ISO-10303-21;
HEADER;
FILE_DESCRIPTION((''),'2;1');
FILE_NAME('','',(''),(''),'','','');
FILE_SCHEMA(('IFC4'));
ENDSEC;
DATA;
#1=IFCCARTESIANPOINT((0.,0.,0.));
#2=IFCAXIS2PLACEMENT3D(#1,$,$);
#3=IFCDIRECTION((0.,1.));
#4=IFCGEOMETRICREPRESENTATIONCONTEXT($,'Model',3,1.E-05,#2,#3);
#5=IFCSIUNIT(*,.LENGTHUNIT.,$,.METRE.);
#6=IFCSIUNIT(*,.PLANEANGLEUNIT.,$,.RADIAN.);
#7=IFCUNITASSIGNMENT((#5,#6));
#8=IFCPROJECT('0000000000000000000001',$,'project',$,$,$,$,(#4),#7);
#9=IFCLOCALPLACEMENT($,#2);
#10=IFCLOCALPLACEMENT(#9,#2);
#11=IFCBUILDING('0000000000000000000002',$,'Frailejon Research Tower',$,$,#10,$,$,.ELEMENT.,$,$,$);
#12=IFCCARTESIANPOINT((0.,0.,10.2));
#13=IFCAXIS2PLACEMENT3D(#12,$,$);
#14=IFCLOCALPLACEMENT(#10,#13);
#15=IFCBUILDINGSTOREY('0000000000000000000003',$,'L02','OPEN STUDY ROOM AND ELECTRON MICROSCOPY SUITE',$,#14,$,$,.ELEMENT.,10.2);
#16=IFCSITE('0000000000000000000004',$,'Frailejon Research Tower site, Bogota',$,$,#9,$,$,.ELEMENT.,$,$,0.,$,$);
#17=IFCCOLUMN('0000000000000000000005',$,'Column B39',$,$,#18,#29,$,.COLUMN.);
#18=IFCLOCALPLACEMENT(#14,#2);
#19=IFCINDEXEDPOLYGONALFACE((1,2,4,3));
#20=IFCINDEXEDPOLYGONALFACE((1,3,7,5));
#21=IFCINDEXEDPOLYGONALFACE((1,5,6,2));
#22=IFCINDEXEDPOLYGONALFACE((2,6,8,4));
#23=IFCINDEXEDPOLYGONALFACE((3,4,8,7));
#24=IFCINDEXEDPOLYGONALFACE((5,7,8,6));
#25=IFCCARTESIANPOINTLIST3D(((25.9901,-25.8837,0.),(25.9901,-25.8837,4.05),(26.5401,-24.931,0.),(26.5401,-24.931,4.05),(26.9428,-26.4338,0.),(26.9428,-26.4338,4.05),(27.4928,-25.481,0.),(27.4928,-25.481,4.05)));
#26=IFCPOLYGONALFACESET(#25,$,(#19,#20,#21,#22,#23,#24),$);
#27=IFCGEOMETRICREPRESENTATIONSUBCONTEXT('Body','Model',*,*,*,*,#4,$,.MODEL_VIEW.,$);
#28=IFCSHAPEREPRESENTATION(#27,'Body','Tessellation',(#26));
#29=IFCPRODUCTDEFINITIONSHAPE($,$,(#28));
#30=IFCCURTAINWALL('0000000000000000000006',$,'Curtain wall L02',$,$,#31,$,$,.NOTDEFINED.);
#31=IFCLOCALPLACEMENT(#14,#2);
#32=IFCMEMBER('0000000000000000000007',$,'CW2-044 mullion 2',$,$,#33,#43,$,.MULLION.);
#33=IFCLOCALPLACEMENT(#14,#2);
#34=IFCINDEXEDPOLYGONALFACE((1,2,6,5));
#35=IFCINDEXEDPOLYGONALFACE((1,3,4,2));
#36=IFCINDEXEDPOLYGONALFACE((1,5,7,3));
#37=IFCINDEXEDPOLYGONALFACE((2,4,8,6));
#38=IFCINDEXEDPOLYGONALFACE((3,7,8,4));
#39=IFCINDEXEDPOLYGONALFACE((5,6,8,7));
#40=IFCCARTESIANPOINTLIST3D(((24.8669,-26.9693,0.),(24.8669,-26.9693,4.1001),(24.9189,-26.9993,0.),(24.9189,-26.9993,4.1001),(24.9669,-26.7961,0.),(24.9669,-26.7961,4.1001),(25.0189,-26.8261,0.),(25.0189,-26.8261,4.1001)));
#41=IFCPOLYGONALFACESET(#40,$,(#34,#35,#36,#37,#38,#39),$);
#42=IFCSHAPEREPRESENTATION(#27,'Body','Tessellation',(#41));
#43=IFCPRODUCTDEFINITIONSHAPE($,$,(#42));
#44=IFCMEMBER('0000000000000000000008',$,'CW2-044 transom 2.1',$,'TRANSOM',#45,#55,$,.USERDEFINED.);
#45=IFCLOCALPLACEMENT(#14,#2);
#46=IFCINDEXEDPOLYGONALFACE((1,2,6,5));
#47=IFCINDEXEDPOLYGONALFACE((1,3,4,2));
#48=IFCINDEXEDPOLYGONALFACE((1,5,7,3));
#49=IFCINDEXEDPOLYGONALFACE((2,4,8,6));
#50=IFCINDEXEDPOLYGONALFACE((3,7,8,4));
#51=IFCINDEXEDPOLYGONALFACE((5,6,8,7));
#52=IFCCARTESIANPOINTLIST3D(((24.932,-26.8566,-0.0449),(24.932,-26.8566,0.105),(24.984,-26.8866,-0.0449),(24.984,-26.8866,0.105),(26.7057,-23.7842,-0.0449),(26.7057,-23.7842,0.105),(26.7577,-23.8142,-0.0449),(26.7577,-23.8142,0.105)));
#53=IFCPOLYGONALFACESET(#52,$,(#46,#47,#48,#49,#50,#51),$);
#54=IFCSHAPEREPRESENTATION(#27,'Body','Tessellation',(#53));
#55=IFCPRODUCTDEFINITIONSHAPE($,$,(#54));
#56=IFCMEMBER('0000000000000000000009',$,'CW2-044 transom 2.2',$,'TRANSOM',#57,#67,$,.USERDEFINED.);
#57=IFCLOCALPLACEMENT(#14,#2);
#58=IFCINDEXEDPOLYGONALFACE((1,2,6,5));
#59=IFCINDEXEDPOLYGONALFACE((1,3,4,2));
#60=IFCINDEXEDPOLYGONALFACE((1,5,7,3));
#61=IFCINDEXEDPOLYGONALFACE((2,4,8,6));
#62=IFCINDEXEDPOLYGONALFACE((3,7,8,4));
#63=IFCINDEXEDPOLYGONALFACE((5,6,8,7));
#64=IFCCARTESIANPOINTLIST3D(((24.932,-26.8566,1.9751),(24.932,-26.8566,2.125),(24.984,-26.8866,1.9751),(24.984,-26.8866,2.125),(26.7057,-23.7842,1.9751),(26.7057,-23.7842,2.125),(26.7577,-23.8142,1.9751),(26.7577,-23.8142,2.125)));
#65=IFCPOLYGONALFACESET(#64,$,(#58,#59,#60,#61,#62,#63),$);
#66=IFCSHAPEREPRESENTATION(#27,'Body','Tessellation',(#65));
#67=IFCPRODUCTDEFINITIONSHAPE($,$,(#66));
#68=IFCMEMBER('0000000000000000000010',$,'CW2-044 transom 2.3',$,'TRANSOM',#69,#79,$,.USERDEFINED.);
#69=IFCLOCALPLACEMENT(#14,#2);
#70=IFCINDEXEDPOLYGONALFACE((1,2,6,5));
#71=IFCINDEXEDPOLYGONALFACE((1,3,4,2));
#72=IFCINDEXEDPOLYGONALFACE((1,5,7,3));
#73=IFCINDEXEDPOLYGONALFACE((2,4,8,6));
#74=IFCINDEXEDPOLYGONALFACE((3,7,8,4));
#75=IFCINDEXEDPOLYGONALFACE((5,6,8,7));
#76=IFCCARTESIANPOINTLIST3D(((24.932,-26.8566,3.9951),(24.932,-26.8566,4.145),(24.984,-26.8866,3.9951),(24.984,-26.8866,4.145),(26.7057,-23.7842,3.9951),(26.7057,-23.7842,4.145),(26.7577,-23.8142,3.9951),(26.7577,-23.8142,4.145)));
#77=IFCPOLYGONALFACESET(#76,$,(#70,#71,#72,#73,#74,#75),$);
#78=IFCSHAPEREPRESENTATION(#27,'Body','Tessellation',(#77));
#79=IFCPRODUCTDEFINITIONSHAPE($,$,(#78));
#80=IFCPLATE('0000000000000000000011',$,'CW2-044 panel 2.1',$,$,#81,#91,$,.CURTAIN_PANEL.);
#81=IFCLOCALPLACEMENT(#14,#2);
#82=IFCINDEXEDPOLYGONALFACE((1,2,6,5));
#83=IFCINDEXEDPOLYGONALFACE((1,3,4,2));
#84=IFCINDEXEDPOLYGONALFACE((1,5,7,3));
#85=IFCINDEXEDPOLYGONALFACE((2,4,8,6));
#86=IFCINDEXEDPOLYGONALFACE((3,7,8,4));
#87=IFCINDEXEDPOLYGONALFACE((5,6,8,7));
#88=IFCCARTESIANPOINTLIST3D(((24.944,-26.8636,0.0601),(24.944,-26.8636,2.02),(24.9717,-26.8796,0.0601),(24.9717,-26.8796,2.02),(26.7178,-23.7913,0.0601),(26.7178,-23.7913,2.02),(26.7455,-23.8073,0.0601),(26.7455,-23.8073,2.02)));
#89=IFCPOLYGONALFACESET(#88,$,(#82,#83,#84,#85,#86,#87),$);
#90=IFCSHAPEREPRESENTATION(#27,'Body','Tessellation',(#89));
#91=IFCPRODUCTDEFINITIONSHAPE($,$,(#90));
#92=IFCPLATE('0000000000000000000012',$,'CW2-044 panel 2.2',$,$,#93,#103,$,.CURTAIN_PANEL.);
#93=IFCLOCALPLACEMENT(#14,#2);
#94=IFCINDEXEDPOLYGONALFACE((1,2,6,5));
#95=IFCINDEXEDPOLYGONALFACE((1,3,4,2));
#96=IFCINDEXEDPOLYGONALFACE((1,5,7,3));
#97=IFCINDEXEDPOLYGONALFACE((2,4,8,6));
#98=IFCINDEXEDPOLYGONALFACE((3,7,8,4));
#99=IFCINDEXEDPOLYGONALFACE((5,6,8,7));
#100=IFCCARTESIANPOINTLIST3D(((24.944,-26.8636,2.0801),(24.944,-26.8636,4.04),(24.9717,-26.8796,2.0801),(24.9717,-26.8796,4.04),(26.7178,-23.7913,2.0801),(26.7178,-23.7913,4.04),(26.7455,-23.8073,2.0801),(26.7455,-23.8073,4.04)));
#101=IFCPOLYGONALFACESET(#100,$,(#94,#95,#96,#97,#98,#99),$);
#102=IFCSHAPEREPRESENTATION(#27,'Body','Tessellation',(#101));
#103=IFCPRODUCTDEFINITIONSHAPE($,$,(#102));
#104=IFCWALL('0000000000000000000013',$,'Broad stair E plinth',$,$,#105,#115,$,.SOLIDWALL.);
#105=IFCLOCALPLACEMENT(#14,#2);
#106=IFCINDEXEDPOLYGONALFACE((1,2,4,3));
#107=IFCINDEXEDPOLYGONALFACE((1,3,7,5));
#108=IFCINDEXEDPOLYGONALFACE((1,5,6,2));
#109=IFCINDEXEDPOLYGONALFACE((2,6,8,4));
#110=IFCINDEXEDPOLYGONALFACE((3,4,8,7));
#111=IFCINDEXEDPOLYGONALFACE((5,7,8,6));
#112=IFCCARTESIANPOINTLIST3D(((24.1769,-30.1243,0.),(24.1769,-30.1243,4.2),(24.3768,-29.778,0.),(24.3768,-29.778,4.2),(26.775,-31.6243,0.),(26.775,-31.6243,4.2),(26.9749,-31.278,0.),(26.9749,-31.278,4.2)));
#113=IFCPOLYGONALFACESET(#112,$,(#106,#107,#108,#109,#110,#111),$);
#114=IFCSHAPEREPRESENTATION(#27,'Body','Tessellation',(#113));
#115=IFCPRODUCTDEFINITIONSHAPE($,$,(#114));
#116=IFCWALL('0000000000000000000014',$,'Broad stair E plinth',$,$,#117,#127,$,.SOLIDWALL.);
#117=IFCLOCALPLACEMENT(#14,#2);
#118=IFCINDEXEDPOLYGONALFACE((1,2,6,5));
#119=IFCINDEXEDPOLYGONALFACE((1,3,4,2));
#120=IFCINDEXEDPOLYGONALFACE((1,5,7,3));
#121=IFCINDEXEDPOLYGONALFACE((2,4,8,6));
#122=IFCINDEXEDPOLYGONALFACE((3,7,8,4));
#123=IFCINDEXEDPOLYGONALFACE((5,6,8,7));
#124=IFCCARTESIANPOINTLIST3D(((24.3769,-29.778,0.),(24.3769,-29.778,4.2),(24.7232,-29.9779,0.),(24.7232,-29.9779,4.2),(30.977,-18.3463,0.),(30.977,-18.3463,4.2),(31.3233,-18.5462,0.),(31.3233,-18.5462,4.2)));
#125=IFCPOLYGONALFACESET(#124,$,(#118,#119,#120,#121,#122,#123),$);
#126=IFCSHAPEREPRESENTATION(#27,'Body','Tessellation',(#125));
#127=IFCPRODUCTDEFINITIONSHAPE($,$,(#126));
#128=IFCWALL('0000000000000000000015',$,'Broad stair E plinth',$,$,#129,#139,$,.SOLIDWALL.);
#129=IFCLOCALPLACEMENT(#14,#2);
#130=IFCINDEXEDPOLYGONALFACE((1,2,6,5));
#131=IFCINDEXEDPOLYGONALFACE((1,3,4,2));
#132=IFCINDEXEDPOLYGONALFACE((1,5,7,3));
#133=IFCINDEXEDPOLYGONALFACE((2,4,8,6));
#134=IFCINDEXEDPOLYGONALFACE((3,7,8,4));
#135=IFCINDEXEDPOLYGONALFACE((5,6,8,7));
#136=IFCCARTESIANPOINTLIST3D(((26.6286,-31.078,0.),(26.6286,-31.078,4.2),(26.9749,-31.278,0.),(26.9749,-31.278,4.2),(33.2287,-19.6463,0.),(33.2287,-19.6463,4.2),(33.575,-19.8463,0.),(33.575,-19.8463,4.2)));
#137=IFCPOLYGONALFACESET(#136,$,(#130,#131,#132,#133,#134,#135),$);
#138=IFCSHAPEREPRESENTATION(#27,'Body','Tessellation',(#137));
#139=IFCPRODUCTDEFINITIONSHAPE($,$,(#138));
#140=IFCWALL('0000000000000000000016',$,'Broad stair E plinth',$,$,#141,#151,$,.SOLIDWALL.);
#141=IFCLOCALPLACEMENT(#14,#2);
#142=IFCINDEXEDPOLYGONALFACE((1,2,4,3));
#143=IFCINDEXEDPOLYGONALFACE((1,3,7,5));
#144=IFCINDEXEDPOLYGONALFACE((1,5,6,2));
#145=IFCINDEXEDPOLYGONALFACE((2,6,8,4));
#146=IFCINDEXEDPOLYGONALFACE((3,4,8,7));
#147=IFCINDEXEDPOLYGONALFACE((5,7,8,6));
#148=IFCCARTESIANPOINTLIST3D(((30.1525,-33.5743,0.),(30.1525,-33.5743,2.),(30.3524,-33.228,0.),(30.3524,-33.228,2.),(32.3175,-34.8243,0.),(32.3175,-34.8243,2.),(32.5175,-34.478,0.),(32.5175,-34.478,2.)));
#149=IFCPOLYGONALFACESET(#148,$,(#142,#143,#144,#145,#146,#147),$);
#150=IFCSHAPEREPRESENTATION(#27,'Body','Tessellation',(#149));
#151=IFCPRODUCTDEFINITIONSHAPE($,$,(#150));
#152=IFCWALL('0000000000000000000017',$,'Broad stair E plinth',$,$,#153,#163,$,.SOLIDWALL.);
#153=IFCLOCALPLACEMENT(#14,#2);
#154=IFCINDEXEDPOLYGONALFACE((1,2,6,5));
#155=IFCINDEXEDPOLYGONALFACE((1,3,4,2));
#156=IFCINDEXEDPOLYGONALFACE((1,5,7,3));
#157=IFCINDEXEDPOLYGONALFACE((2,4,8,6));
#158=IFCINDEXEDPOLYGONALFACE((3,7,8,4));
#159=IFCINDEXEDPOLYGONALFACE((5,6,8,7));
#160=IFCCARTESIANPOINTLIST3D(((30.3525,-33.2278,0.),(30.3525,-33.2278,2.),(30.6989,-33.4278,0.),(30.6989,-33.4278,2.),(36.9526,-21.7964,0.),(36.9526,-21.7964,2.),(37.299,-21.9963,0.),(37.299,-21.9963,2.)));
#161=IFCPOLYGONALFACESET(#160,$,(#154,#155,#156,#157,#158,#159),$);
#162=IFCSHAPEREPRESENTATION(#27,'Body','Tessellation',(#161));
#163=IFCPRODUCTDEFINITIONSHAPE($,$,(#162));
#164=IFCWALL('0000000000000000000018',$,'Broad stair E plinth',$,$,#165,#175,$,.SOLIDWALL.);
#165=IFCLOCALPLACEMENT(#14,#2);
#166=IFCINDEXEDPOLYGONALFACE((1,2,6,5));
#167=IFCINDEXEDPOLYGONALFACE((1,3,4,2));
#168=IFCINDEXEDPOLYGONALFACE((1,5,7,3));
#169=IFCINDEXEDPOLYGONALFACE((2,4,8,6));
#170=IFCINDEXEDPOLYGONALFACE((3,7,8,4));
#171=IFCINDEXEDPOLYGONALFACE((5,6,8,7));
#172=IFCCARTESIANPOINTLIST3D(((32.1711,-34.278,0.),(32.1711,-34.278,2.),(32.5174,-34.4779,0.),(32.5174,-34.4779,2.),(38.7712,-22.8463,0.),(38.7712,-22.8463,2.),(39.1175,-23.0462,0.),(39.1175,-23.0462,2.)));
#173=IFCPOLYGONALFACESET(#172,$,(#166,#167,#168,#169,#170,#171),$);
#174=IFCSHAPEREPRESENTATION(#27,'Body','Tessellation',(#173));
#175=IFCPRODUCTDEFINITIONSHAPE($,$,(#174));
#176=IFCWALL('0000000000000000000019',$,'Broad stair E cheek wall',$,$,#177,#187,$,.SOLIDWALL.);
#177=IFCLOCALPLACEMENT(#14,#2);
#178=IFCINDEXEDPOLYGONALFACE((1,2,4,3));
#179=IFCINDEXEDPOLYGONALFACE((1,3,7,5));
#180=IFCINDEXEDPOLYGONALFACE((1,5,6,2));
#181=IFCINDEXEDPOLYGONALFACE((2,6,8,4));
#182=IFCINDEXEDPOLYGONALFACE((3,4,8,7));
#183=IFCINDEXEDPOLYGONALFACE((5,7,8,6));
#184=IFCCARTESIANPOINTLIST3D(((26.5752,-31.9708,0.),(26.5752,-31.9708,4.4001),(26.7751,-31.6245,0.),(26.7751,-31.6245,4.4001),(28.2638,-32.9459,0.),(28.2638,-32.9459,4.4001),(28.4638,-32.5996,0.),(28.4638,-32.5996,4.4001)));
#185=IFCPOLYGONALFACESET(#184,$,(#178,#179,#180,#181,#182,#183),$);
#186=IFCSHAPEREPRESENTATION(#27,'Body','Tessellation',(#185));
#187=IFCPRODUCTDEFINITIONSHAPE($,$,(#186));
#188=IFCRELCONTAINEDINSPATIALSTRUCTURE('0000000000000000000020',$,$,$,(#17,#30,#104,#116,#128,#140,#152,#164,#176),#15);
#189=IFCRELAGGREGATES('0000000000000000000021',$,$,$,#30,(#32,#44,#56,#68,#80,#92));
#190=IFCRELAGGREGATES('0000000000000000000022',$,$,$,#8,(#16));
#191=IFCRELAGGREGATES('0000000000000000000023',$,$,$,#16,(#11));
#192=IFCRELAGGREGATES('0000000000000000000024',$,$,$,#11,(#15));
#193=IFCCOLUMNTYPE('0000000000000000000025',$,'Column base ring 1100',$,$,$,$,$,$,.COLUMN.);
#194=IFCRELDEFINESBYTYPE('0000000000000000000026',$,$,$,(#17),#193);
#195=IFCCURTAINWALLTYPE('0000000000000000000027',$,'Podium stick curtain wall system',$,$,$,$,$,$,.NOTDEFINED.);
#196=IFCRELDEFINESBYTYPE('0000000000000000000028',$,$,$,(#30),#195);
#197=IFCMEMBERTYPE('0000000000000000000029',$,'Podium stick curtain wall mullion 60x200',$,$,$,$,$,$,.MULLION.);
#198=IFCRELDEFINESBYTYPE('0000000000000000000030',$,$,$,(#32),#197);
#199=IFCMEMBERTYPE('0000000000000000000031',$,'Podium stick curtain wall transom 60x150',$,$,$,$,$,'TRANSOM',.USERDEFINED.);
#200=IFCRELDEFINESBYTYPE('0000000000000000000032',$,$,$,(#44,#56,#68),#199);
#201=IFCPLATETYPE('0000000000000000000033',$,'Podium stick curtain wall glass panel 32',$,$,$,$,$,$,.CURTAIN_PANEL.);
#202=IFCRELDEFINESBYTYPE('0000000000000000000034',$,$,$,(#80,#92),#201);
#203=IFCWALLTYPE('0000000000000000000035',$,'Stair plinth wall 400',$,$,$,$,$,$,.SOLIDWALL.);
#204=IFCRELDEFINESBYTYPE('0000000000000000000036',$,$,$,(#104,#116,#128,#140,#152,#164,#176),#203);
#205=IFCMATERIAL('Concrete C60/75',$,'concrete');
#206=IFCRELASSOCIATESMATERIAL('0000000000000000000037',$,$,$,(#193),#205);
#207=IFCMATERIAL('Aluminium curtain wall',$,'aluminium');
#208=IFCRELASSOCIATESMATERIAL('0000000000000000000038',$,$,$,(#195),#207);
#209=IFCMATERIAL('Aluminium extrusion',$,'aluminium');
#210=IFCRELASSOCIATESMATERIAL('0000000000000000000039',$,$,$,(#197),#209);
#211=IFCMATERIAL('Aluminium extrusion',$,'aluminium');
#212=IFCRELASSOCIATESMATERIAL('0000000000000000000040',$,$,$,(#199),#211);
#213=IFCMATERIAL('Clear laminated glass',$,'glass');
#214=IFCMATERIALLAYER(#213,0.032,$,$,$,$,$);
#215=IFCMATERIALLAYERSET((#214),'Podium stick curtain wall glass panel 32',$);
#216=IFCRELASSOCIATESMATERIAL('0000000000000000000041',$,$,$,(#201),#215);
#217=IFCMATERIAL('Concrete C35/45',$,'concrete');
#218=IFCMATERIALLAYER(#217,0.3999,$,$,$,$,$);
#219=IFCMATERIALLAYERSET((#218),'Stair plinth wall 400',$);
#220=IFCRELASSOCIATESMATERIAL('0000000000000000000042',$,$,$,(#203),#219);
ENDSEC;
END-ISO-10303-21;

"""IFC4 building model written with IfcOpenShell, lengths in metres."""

from ifc_helpers import new_model, si_unit, direction, frame, frame_2d, origin, origin_2d, place, context, subcontext, project, spatial, rectangle, extrude, material, layer, layer_set, material_profile, profile_set, type_object, element, aggregate, save


model = new_model("IFC4")

# Units and contexts
model_context = context("Model", 3, precision=1e-05, world=origin(), true_north=direction((0.0, 1.0)))
body_context = subcontext(model_context, "Body", "Model", "MODEL_VIEW")
ifc_project = project(units=[si_unit("LENGTHUNIT", "METRE"), si_unit("PLANEANGLEUNIT", "RADIAN")], contexts=[model_context])

# Site, building, storey
site_placement = place(None, origin())
site = spatial("IfcSite", under=ifc_project, at=site_placement, Name="Frailejon Research Tower site, Bogota", CompositionType="ELEMENT", RefElevation=0.0)
building_placement = place(site_placement, origin())
building = spatial("IfcBuilding", under=site, at=building_placement, Name="Frailejon Research Tower", CompositionType="ELEMENT")
storey_placement = place(building_placement, frame((0.0, 0.0, 10.2)))
storey = spatial("IfcBuildingStorey", under=building, at=storey_placement, Name="L02", Description="OPEN STUDY ROOM AND ELECTRON MICROSCOPY SUITE", CompositionType="ELEMENT", Elevation=10.2)

# Column
ifc_material_1 = material(Name="Concrete C60/75", Category="concrete")
ifc_material_profile_1 = material_profile(ifc_material_1, rectangle(XDim=1.1001, YDim=1.1001, at=origin_2d()), Name="Column base ring 1100")
ifc_profile_set_1 = profile_set([ifc_material_profile_1], Name="Concrete C60/75")
column_type = type_object("IfcColumnType", Name="Column base ring 1100", PredefinedType="COLUMN", material=ifc_profile_set_1)
column_placement = place(storey_placement, frame((26.7415, -25.6824, 0.0), z_axis=(0.0, 0.0, 1.0), x_axis=(0.5, 0.866025, 0.0)))
element("IfcColumn", 1, at=column_placement, inside=storey, type_object=column_type, Name="Column B39", PredefinedType="COLUMN", context=body_context, shape_type="SweptSolid", body=[
    extrude(rectangle(XDim=1.1001, YDim=1.1001, at=origin_2d()), origin(), (0.0, 0.0, 1.0), 4.05),
])

# Curtain wall, members, plates
ifc_material_2 = material(Name="Aluminium curtain wall", Category="aluminium")
curtain_wall_type = type_object("IfcCurtainWallType", Name="Podium stick curtain wall system", PredefinedType="NOTDEFINED", material=ifc_material_2)
curtain_wall_placement = place(storey_placement, origin())
curtain_wall = element("IfcCurtainWall", 2, at=curtain_wall_placement, inside=storey, type_object=curtain_wall_type, Name="Curtain wall L02", PredefinedType="NOTDEFINED")
ifc_material_3 = material(Name="Aluminium extrusion", Category="aluminium")
ifc_material_profile_2 = material_profile(ifc_material_3, rectangle(XDim=0.0601, YDim=0.2, at=origin_2d()), Name="Podium stick curtain wall mullion 60x200")
ifc_profile_set_2 = profile_set([ifc_material_profile_2], Name="Aluminium extrusion")
member_type_1 = type_object("IfcMemberType", Name="Podium stick curtain wall mullion 60x200", PredefinedType="MULLION", material=ifc_profile_set_2)
member_1_placement = place(storey_placement, frame((24.9429, -26.8977, 0.0), z_axis=(0.0, 0.0, 1.0), x_axis=(-0.866026, 0.499998, 0.0)))
member_1 = element("IfcMember", 3, at=member_1_placement, type_object=member_type_1, Name="CW2-044 mullion 2", PredefinedType="MULLION", context=body_context, shape_type="SweptSolid", body=[
    extrude(rectangle(XDim=0.0601, YDim=0.2, at=origin_2d()), origin(), (0.0, 0.0, 1.0), 4.1001),
])
ifc_material_4 = material(Name="Aluminium extrusion", Category="aluminium")
ifc_material_profile_3 = material_profile(ifc_material_4, rectangle(XDim=0.0601, YDim=0.1499, at=origin_2d()), Name="Podium stick curtain wall transom 60x150")
ifc_profile_set_3 = profile_set([ifc_material_profile_3], Name="Aluminium extrusion")
member_type_2 = type_object("IfcMemberType", Name="Podium stick curtain wall transom 60x150", ElementType="TRANSOM", PredefinedType="USERDEFINED", material=ifc_profile_set_3)
member_2_placement = place(storey_placement, frame((24.958, -26.8716, 0.03), z_axis=(0.499981, 0.866037, 0.0), x_axis=(-0.866037, 0.499981, 0.0)))
member_2 = element("IfcMember", 4, at=member_2_placement, type_object=member_type_2, Name="CW2-044 transom 2.1", ObjectType="TRANSOM", PredefinedType="USERDEFINED", context=body_context, shape_type="SweptSolid", body=[
    extrude(rectangle(XDim=0.0601, YDim=0.1499, at=origin_2d()), origin(), (0.0, 0.0, 1.0), 3.5476),
])
member_3_placement = place(storey_placement, frame((24.958, -26.8716, 2.05), z_axis=(0.499981, 0.866037, 0.0), x_axis=(-0.866037, 0.499981, 0.0)))
member_3 = element("IfcMember", 5, at=member_3_placement, type_object=member_type_2, Name="CW2-044 transom 2.2", ObjectType="TRANSOM", PredefinedType="USERDEFINED", context=body_context, shape_type="SweptSolid", body=[
    extrude(rectangle(XDim=0.0601, YDim=0.1499, at=origin_2d()), origin(), (0.0, 0.0, 1.0), 3.5476),
])
member_4_placement = place(storey_placement, frame((24.958, -26.8716, 4.0701), z_axis=(0.499981, 0.866037, 0.0), x_axis=(-0.866037, 0.499981, 0.0)))
member_4 = element("IfcMember", 6, at=member_4_placement, type_object=member_type_2, Name="CW2-044 transom 2.3", ObjectType="TRANSOM", PredefinedType="USERDEFINED", context=body_context, shape_type="SweptSolid", body=[
    extrude(rectangle(XDim=0.0601, YDim=0.1499, at=origin_2d()), origin(), (0.0, 0.0, 1.0), 3.5476),
])
ifc_material_5 = material(Name="Clear laminated glass", Category="glass")
ifc_layer_1 = layer(ifc_material_5, 0.032)
ifc_layer_set_1 = layer_set([ifc_layer_1], Name="Podium stick curtain wall glass panel 32")
plate_type = type_object("IfcPlateType", Name="Podium stick curtain wall glass panel 32", PredefinedType="CURTAIN_PANEL", material=ifc_layer_set_1)
plate_1_placement = place(storey_placement, frame((25.8447, -25.3354, 0.0601), z_axis=(0.0, 0.0, 1.0), x_axis=(0.499998, 0.866026, 0.0)))
plate_1 = element("IfcPlate", 7, at=plate_1_placement, type_object=plate_type, Name="CW2-044 panel 2.1", PredefinedType="CURTAIN_PANEL", context=body_context, shape_type="SweptSolid", body=[
    extrude(rectangle(XDim=3.5476, YDim=0.032, at=origin_2d()), origin(), (0.0, 0.0, 1.0), 1.96),
])
plate_2_placement = place(storey_placement, frame((25.8447, -25.3354, 2.0801), z_axis=(0.0, 0.0, 1.0), x_axis=(0.499998, 0.866026, 0.0)))
plate_2 = element("IfcPlate", 8, at=plate_2_placement, type_object=plate_type, Name="CW2-044 panel 2.2", PredefinedType="CURTAIN_PANEL", context=body_context, shape_type="SweptSolid", body=[
    extrude(rectangle(XDim=3.5476, YDim=0.032, at=origin_2d()), origin(), (0.0, 0.0, 1.0), 1.96),
])
aggregate(curtain_wall, [member_1, member_2, member_3, member_4, plate_1, plate_2])

# Walls
ifc_material_6 = material(Name="Concrete C35/45", Category="concrete")
ifc_layer_2 = layer(ifc_material_6, 0.3999)
ifc_layer_set_2 = layer_set([ifc_layer_2], Name="Stair plinth wall 400")
wall_type = type_object("IfcWallType", Name="Stair plinth wall 400", PredefinedType="SOLIDWALL", material=ifc_layer_set_2)
wall_1_placement = place(storey_placement, frame((24.2769, -29.9512, 0.0), z_axis=(0.0, 0.0, 1.0), x_axis=(0.866031, -0.49999, 0.0)))
element("IfcWall", 9, at=wall_1_placement, inside=storey, type_object=wall_type, Name="Broad stair E plinth", PredefinedType="SOLIDWALL", context=body_context, shape_type="SweptSolid", body=[
    extrude(rectangle(XDim=3.0, YDim=0.3999, at=frame_2d((1.5, 0.0))), origin(), (0.0, 0.0, 1.0), 4.2),
])
for number, where, z_axis, x_axis, name in (
    (10, (24.55, -29.8779, 0.0), (0.0, 0.0, 1.0), (0.500002, 0.866024, 0.0), "Broad stair E plinth"),
    (11, (26.8018, -31.178, 0.0), (0.0, 0.0, 1.0), (0.500002, 0.866024, 0.0), "Broad stair E plinth"),
):
    element("IfcWall", number, at=place(storey_placement, frame(where, z_axis=z_axis, x_axis=x_axis)), inside=storey, type_object=wall_type, Name=name, PredefinedType="SOLIDWALL", context=body_context, shape_type="SweptSolid", body=[
        extrude(rectangle(XDim=13.2002, YDim=0.3999, at=frame_2d((6.6001, 0.0))), origin(), (0.0, 0.0, 1.0), 4.2),
    ])
wall_2_placement = place(storey_placement, frame((30.2524, -33.4011, 0.0), z_axis=(0.0, 0.0, 1.0), x_axis=(0.866023, -0.500004, 0.0)))
element("IfcWall", 12, at=wall_2_placement, inside=storey, type_object=wall_type, Name="Broad stair E plinth", PredefinedType="SOLIDWALL", context=body_context, shape_type="SweptSolid", body=[
    extrude(rectangle(XDim=2.5, YDim=0.3999, at=frame_2d((1.25, 0.0))), origin(), (0.0, 0.0, 1.0), 2.0),
])
wall_3_placement = place(storey_placement, frame((30.5256, -33.3279, 0.0), z_axis=(0.0, 0.0, 1.0), x_axis=(0.50001, 0.86602, 0.0)))
element("IfcWall", 13, at=wall_3_placement, inside=storey, type_object=wall_type, Name="Broad stair E plinth", PredefinedType="SOLIDWALL", context=body_context, shape_type="SweptSolid", body=[
    extrude(rectangle(XDim=13.2, YDim=0.3999, at=frame_2d((6.6001, 0.0))), origin(), (0.0, 0.0, 1.0), 2.0),
])
wall_4_placement = place(storey_placement, frame((32.3442, -34.3779, 0.0), z_axis=(0.0, 0.0, 1.0), x_axis=(0.500002, 0.866024, 0.0)))
element("IfcWall", 14, at=wall_4_placement, inside=storey, type_object=wall_type, Name="Broad stair E plinth", PredefinedType="SOLIDWALL", context=body_context, shape_type="SweptSolid", body=[
    extrude(rectangle(XDim=13.2002, YDim=0.3999, at=frame_2d((6.6001, 0.0))), origin(), (0.0, 0.0, 1.0), 2.0),
])
wall_5_placement = place(storey_placement, frame((26.675, -31.7976, 0.0), z_axis=(0.0, 0.0, 1.0), x_axis=(0.866, -0.500044, 0.0)))
element("IfcWall", 15, at=wall_5_placement, inside=storey, type_object=wall_type, Name="Broad stair E cheek wall", PredefinedType="SOLIDWALL", context=body_context, shape_type="SweptSolid", body=[
    extrude(rectangle(XDim=1.95, YDim=0.3999, at=frame_2d((0.9751, 0.0))), origin(), (0.0, 0.0, 1.0), 4.4001),
])

save(model, "model.ifc")
